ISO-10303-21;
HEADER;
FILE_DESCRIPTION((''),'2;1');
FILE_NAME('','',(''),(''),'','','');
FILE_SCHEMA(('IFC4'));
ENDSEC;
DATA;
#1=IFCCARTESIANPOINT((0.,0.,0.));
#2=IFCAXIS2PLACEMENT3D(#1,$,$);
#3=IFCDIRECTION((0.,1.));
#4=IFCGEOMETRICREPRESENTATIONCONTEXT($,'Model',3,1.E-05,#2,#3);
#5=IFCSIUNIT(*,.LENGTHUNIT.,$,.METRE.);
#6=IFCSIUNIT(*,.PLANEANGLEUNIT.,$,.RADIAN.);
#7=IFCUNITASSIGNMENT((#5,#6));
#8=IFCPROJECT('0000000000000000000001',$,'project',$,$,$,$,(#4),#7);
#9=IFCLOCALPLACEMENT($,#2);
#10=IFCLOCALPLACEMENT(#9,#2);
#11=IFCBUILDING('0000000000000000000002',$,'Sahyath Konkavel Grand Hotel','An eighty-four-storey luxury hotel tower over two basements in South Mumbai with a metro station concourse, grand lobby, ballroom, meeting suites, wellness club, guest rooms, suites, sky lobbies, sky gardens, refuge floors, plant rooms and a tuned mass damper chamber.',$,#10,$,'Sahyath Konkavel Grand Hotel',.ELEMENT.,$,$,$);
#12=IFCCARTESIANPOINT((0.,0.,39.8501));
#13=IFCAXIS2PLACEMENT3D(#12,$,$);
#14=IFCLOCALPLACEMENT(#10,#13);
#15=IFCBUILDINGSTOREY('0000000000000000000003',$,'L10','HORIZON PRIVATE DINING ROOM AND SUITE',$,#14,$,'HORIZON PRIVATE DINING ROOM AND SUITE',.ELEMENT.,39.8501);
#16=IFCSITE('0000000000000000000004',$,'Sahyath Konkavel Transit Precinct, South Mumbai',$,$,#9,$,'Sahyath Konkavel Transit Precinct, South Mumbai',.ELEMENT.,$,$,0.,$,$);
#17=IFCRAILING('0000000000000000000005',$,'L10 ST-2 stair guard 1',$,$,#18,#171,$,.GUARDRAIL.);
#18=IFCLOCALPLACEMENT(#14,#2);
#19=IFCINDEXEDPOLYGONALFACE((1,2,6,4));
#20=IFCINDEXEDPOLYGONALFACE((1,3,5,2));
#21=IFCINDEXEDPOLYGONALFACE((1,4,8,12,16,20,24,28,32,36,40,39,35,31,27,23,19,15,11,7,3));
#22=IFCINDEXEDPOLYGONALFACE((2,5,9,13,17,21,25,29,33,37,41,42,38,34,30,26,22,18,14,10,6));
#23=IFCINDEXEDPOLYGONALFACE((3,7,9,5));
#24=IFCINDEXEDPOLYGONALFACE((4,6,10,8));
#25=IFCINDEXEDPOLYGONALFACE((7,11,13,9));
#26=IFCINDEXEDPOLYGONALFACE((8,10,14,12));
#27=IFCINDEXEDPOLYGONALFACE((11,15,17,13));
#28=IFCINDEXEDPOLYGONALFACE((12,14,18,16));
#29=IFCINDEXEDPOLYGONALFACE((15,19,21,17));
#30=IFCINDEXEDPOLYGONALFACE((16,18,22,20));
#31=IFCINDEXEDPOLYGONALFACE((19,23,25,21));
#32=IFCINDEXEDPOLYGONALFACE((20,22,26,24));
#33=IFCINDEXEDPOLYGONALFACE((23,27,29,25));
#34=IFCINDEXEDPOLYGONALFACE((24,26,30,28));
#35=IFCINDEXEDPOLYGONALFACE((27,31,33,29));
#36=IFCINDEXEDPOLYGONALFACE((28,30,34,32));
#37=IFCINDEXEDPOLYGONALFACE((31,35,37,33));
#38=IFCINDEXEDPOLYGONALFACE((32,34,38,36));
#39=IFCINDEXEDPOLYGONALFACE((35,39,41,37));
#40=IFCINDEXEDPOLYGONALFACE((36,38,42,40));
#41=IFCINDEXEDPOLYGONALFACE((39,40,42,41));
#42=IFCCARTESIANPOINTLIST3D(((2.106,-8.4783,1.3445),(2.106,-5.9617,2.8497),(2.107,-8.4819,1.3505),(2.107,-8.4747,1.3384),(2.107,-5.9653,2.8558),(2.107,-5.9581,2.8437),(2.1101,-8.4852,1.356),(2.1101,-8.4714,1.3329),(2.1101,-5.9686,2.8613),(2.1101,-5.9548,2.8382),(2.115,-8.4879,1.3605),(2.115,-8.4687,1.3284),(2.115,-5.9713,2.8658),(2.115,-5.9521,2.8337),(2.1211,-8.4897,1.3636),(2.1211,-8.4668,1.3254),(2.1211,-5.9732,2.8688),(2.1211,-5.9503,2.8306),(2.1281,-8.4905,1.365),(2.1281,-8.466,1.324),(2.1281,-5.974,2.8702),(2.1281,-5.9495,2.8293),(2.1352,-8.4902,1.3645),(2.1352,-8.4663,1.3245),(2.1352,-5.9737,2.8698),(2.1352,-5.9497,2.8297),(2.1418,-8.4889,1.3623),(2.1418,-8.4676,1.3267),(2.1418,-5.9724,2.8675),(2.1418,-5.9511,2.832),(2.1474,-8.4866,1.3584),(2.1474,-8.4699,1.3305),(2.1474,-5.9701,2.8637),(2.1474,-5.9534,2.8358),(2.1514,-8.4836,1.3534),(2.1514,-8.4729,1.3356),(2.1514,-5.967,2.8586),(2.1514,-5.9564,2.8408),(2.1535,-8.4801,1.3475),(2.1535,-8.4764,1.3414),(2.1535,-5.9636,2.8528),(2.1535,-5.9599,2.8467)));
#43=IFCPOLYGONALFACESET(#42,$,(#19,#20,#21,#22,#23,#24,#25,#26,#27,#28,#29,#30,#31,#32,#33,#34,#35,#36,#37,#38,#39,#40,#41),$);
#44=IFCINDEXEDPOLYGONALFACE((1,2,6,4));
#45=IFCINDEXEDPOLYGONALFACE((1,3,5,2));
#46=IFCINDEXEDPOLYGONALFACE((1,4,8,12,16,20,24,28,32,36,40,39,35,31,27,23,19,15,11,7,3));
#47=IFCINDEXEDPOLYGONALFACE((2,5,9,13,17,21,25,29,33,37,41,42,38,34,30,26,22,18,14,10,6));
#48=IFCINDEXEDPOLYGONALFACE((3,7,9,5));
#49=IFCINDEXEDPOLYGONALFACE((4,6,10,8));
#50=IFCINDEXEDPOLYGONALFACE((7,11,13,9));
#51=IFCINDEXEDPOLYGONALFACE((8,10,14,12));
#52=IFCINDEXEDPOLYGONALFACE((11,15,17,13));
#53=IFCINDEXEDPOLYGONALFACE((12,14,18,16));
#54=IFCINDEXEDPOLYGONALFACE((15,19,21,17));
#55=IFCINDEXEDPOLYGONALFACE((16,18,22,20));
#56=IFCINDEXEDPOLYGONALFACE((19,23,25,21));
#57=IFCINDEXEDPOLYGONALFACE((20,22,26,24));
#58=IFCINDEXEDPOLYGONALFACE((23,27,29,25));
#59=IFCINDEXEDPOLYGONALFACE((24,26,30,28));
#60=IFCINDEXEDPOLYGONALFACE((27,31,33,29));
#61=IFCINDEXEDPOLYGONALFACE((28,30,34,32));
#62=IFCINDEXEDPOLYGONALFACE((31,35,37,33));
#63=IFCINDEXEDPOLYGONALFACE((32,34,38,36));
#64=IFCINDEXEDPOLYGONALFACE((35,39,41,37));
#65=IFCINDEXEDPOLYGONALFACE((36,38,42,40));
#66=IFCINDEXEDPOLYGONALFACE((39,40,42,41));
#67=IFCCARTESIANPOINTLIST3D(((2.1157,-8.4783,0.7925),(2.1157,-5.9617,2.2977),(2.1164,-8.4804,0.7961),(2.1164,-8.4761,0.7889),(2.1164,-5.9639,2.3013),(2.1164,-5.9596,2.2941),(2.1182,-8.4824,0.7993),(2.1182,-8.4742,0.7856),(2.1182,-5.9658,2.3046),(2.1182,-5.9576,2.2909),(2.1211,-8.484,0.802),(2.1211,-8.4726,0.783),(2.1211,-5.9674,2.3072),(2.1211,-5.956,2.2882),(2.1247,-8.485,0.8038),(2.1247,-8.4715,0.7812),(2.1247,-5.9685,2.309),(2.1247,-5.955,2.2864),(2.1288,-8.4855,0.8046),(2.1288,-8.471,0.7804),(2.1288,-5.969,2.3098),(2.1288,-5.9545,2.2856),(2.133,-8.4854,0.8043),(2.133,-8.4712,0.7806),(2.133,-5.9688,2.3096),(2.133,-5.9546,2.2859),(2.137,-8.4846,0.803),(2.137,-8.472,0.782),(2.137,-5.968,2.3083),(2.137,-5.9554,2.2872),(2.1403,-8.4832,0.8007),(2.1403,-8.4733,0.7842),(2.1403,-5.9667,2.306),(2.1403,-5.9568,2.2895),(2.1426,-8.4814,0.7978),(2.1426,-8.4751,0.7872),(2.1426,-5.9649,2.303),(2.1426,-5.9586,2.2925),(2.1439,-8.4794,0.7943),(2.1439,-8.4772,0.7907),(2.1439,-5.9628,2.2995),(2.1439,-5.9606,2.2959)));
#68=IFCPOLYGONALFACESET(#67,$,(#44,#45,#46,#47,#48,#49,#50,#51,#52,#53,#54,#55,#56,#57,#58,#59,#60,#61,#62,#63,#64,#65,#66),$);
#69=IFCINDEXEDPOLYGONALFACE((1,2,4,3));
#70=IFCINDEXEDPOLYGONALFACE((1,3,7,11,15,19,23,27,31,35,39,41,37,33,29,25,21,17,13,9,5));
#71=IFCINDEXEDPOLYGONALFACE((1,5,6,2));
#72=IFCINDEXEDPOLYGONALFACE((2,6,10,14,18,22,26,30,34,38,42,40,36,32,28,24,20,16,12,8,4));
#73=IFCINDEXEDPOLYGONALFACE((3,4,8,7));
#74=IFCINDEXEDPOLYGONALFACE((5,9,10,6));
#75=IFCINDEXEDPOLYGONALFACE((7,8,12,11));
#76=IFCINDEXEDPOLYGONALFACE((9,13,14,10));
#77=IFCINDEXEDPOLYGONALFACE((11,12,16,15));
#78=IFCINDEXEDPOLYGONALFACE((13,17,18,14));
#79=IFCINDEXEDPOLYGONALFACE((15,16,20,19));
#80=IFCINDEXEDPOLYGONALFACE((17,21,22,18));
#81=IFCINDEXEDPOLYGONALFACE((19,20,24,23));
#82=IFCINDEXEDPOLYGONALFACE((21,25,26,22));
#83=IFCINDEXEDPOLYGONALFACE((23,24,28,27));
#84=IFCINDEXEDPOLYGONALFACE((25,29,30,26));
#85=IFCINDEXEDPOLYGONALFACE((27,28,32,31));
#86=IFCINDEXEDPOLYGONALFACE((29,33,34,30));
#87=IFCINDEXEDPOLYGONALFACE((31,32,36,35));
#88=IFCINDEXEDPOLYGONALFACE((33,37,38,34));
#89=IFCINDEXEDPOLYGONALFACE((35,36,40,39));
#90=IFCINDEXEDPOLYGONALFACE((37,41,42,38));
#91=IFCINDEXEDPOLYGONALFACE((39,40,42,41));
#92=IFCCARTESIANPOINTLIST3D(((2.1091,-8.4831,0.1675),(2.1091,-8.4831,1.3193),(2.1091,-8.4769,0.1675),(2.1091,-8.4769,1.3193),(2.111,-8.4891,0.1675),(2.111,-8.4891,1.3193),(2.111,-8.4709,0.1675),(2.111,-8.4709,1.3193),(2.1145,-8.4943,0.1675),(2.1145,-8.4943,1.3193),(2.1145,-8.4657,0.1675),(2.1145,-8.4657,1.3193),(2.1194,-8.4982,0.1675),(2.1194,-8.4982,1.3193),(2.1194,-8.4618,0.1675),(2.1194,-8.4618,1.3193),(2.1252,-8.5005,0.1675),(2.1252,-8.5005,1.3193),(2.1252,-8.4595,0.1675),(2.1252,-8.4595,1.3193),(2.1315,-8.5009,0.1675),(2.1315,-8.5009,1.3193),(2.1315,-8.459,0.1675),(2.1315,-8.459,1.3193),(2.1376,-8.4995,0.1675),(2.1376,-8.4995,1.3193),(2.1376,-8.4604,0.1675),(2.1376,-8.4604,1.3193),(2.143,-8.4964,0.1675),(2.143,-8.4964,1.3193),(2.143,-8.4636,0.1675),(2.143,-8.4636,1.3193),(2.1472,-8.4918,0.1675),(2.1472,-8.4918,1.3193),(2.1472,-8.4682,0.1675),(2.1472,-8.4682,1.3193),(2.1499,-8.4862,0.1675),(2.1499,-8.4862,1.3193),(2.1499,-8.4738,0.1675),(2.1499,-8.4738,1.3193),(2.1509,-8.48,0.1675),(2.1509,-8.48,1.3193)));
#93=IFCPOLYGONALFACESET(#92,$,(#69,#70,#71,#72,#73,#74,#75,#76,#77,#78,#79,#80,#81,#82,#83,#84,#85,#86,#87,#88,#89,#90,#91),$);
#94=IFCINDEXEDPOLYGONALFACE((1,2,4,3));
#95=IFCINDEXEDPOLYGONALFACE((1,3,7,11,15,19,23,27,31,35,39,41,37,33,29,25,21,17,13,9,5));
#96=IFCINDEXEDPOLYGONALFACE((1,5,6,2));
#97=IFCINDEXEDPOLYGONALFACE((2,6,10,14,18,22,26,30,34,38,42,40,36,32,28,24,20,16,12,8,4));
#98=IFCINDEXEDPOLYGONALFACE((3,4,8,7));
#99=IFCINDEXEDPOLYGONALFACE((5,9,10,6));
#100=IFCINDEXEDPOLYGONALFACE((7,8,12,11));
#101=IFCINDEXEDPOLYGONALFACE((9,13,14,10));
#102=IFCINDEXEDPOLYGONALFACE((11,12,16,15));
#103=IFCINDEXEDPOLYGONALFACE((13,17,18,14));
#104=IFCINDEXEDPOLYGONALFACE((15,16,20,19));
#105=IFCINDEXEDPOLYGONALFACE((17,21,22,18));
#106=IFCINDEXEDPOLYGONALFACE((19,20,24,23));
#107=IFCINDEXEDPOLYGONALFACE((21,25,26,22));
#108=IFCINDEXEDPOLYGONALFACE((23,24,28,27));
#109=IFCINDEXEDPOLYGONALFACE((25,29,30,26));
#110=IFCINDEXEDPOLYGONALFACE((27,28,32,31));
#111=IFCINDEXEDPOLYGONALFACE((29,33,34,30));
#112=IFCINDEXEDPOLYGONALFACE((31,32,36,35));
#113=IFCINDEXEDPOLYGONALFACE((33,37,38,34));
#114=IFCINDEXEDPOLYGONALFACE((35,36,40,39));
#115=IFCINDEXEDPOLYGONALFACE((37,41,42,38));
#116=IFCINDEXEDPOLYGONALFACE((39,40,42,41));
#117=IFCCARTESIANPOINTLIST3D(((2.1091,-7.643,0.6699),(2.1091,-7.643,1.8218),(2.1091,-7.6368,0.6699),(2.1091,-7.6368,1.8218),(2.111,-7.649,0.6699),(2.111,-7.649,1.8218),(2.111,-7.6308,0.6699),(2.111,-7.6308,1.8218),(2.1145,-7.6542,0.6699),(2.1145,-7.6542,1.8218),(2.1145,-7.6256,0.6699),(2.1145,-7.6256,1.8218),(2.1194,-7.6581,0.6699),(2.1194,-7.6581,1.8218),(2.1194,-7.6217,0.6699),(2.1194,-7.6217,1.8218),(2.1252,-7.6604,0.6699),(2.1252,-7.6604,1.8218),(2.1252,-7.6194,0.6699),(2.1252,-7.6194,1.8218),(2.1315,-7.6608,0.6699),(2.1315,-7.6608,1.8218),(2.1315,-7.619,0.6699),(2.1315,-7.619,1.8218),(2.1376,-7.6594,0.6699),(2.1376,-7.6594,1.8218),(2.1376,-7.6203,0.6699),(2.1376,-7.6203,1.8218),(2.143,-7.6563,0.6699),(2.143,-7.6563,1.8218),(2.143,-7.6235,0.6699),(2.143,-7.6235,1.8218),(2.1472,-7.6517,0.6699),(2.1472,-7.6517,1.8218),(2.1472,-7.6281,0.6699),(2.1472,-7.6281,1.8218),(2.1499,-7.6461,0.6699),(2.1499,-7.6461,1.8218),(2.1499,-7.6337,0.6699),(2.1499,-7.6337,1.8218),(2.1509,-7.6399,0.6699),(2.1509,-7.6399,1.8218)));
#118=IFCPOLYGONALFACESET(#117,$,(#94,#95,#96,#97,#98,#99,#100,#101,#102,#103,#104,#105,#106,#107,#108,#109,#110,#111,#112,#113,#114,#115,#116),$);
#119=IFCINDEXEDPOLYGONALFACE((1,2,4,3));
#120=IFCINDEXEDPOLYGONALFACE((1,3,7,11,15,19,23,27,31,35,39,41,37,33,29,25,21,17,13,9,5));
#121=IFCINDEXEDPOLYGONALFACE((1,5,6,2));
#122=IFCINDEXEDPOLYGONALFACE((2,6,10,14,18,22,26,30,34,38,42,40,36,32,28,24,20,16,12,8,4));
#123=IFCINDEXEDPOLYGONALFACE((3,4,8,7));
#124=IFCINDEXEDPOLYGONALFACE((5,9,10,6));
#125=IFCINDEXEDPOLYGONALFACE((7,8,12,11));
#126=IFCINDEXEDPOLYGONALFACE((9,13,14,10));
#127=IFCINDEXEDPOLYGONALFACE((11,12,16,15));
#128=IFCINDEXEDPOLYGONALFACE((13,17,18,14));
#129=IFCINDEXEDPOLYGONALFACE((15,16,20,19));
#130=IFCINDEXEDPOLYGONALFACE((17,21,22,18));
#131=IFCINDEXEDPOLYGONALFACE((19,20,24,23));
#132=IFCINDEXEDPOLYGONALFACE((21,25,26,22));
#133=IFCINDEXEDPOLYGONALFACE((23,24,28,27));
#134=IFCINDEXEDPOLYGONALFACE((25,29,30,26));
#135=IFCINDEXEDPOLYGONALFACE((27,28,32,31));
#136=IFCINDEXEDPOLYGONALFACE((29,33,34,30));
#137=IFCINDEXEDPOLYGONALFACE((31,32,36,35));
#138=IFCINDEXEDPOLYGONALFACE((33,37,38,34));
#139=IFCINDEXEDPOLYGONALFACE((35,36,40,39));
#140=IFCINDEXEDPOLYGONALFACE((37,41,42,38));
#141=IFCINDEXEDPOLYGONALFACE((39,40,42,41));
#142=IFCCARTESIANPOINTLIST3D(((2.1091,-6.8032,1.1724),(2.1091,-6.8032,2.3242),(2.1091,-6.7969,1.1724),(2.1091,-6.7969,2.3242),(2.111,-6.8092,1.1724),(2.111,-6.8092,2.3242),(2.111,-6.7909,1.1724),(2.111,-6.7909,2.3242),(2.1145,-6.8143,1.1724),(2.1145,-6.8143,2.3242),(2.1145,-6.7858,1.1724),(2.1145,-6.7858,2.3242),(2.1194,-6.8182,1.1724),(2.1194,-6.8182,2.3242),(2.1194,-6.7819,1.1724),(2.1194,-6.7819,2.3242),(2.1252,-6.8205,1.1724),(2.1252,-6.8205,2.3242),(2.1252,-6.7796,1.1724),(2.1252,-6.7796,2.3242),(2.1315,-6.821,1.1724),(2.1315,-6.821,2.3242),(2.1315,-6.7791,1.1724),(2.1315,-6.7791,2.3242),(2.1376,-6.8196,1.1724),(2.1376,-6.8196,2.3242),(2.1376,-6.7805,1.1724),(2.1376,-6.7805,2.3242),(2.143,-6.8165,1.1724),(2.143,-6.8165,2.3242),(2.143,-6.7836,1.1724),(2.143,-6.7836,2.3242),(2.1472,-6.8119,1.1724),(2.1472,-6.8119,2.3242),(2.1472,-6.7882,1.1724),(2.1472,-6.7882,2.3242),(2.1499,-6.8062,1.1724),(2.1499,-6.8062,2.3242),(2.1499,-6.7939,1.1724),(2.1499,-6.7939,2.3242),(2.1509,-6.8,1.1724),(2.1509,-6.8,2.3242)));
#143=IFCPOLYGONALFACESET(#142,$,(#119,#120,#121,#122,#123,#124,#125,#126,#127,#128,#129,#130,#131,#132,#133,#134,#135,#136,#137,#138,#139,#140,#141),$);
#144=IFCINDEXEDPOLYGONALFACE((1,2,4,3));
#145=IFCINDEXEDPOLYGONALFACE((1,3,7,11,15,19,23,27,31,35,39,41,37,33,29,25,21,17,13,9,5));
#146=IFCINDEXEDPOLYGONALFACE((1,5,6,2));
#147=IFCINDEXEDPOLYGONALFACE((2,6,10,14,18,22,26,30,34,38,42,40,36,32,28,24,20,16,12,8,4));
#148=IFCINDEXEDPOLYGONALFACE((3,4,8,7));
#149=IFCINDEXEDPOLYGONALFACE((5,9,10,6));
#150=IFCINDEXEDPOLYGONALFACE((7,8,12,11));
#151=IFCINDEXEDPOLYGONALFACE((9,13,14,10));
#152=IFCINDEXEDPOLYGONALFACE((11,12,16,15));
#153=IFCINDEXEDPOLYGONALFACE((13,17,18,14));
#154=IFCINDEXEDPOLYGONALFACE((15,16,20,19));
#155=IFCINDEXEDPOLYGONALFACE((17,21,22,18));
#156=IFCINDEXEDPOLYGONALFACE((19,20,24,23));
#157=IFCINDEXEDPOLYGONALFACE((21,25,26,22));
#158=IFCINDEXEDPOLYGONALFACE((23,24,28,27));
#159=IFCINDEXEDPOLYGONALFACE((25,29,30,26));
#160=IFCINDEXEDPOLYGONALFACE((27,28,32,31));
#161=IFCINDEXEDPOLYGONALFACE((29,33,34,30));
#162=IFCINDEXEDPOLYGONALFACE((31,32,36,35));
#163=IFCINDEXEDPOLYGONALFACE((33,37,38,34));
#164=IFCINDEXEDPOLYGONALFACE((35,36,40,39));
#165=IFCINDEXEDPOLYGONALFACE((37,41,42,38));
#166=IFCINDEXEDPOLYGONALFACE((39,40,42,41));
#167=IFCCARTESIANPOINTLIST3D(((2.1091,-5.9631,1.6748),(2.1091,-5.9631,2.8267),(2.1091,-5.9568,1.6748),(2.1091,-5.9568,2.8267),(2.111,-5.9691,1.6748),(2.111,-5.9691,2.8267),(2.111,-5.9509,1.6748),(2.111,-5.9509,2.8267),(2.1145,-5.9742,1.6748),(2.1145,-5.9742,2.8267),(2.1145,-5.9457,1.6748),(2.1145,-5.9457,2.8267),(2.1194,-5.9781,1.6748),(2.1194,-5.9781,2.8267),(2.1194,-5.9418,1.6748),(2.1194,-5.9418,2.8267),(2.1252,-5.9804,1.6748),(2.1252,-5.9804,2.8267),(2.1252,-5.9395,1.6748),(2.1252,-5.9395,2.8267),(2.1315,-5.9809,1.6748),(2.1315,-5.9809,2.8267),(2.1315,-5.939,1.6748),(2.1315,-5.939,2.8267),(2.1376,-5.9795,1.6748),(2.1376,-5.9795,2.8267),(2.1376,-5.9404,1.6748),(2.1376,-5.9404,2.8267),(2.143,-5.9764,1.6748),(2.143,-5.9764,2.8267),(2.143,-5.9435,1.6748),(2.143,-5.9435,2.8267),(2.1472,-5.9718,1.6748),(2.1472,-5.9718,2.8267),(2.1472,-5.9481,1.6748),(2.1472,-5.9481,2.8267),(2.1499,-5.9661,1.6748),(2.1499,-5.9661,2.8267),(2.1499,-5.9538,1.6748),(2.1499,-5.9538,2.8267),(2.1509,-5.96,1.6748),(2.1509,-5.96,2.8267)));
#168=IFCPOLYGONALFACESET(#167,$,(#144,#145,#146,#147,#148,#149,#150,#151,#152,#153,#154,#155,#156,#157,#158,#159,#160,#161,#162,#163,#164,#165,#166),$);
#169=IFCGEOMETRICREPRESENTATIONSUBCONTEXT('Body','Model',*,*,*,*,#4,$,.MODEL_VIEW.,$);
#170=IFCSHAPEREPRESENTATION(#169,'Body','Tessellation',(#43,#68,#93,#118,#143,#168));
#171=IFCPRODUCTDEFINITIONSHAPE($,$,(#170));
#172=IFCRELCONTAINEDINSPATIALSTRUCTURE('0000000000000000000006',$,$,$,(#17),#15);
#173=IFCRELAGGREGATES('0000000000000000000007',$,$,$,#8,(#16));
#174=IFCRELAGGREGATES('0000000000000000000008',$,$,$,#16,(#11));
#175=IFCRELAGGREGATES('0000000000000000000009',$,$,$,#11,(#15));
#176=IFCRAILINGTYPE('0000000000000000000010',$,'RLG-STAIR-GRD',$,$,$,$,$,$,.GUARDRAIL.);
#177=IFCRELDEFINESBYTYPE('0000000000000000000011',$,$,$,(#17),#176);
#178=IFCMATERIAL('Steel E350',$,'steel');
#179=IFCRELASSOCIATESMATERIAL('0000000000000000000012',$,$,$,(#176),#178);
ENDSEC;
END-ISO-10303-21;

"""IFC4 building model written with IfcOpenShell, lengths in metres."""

from ifc_helpers import new_model, si_unit, direction, frame, origin, origin_2d, place, context, subcontext, project, spatial, circle, extrude, material, type_object, element, save


model = new_model("IFC4")

# Units and contexts
model_context = context("Model", 3, precision=1e-05, world=origin(), true_north=direction((0.0, 1.0)))
body_context = subcontext(model_context, "Body", "Model", "MODEL_VIEW")
ifc_project = project(units=[si_unit("LENGTHUNIT", "METRE"), si_unit("PLANEANGLEUNIT", "RADIAN")], contexts=[model_context])

# Site, building, storey
site_placement = place(None, origin())
site = spatial("IfcSite", under=ifc_project, at=site_placement, Name="Sahyath Konkavel Transit Precinct, South Mumbai", LongName="Sahyath Konkavel Transit Precinct, South Mumbai", CompositionType="ELEMENT", RefElevation=0.0)
building_placement = place(site_placement, origin())
building = spatial("IfcBuilding", under=site, at=building_placement, Name="Sahyath Konkavel Grand Hotel", Description="An eighty-four-storey luxury hotel tower over two basements in South Mumbai with a metro station concourse, grand lobby, ballroom, meeting suites, wellness club, guest rooms, suites, sky lobbies, sky gardens, refuge floors, plant rooms and a tuned mass damper chamber.", LongName="Sahyath Konkavel Grand Hotel", CompositionType="ELEMENT")
storey_placement = place(building_placement, frame((0.0, 0.0, 39.8501)))
storey = spatial("IfcBuildingStorey", under=building, at=storey_placement, Name="L10", Description="HORIZON PRIVATE DINING ROOM AND SUITE", LongName="HORIZON PRIVATE DINING ROOM AND SUITE", CompositionType="ELEMENT", Elevation=39.8501)

# Shared definitions
ifc_material_1 = material(Name="Steel E350", Category="steel")

# Railing
railing_type_1 = type_object("IfcRailingType", Name="RLG-STAIR-GRD", PredefinedType="GUARDRAIL", material=ifc_material_1)
railing_1_placement = place(storey_placement, frame((2.1299, -8.48, 0.1675)))
element("IfcRailing", 1, at=railing_1_placement, inside=storey, type_object=railing_type_1, Name="L10 ST-2 stair guard 1", PredefinedType="GUARDRAIL", context=body_context, shape_type="SweptSolid", body=[
    extrude(circle(Radius=0.0239, at=origin_2d()), frame((0.0, 0.0017, 1.177), z_axis=(0.0, 0.858196, 0.513321), x_axis=(-1.0, 0.0, 0.0)), (0.0, 0.0, 1.0), 2.9324),
    extrude(circle(Radius=0.0142, at=origin_2d()), frame((0.0, 0.0017, 0.625), z_axis=(0.0, 0.858196, 0.513321), x_axis=(-1.0, 0.0, 0.0)), (0.0, 0.0, 1.0), 2.9324),
    extrude(circle(Radius=0.021, at=origin_2d()), origin(), (0.0, 0.0, 1.0), 1.1519),
    extrude(circle(Radius=0.021, at=origin_2d()), frame((0.0, 0.8401, 0.5024)), (0.0, 0.0, 1.0), 1.1519),
    extrude(circle(Radius=0.021, at=origin_2d()), frame((0.0, 1.6799, 1.0049)), (0.0, 0.0, 1.0), 1.1519),
    extrude(circle(Radius=0.021, at=origin_2d()), frame((0.0, 2.52, 1.5073)), (0.0, 0.0, 1.0), 1.1519),
])

save(model, "model.ifc")
